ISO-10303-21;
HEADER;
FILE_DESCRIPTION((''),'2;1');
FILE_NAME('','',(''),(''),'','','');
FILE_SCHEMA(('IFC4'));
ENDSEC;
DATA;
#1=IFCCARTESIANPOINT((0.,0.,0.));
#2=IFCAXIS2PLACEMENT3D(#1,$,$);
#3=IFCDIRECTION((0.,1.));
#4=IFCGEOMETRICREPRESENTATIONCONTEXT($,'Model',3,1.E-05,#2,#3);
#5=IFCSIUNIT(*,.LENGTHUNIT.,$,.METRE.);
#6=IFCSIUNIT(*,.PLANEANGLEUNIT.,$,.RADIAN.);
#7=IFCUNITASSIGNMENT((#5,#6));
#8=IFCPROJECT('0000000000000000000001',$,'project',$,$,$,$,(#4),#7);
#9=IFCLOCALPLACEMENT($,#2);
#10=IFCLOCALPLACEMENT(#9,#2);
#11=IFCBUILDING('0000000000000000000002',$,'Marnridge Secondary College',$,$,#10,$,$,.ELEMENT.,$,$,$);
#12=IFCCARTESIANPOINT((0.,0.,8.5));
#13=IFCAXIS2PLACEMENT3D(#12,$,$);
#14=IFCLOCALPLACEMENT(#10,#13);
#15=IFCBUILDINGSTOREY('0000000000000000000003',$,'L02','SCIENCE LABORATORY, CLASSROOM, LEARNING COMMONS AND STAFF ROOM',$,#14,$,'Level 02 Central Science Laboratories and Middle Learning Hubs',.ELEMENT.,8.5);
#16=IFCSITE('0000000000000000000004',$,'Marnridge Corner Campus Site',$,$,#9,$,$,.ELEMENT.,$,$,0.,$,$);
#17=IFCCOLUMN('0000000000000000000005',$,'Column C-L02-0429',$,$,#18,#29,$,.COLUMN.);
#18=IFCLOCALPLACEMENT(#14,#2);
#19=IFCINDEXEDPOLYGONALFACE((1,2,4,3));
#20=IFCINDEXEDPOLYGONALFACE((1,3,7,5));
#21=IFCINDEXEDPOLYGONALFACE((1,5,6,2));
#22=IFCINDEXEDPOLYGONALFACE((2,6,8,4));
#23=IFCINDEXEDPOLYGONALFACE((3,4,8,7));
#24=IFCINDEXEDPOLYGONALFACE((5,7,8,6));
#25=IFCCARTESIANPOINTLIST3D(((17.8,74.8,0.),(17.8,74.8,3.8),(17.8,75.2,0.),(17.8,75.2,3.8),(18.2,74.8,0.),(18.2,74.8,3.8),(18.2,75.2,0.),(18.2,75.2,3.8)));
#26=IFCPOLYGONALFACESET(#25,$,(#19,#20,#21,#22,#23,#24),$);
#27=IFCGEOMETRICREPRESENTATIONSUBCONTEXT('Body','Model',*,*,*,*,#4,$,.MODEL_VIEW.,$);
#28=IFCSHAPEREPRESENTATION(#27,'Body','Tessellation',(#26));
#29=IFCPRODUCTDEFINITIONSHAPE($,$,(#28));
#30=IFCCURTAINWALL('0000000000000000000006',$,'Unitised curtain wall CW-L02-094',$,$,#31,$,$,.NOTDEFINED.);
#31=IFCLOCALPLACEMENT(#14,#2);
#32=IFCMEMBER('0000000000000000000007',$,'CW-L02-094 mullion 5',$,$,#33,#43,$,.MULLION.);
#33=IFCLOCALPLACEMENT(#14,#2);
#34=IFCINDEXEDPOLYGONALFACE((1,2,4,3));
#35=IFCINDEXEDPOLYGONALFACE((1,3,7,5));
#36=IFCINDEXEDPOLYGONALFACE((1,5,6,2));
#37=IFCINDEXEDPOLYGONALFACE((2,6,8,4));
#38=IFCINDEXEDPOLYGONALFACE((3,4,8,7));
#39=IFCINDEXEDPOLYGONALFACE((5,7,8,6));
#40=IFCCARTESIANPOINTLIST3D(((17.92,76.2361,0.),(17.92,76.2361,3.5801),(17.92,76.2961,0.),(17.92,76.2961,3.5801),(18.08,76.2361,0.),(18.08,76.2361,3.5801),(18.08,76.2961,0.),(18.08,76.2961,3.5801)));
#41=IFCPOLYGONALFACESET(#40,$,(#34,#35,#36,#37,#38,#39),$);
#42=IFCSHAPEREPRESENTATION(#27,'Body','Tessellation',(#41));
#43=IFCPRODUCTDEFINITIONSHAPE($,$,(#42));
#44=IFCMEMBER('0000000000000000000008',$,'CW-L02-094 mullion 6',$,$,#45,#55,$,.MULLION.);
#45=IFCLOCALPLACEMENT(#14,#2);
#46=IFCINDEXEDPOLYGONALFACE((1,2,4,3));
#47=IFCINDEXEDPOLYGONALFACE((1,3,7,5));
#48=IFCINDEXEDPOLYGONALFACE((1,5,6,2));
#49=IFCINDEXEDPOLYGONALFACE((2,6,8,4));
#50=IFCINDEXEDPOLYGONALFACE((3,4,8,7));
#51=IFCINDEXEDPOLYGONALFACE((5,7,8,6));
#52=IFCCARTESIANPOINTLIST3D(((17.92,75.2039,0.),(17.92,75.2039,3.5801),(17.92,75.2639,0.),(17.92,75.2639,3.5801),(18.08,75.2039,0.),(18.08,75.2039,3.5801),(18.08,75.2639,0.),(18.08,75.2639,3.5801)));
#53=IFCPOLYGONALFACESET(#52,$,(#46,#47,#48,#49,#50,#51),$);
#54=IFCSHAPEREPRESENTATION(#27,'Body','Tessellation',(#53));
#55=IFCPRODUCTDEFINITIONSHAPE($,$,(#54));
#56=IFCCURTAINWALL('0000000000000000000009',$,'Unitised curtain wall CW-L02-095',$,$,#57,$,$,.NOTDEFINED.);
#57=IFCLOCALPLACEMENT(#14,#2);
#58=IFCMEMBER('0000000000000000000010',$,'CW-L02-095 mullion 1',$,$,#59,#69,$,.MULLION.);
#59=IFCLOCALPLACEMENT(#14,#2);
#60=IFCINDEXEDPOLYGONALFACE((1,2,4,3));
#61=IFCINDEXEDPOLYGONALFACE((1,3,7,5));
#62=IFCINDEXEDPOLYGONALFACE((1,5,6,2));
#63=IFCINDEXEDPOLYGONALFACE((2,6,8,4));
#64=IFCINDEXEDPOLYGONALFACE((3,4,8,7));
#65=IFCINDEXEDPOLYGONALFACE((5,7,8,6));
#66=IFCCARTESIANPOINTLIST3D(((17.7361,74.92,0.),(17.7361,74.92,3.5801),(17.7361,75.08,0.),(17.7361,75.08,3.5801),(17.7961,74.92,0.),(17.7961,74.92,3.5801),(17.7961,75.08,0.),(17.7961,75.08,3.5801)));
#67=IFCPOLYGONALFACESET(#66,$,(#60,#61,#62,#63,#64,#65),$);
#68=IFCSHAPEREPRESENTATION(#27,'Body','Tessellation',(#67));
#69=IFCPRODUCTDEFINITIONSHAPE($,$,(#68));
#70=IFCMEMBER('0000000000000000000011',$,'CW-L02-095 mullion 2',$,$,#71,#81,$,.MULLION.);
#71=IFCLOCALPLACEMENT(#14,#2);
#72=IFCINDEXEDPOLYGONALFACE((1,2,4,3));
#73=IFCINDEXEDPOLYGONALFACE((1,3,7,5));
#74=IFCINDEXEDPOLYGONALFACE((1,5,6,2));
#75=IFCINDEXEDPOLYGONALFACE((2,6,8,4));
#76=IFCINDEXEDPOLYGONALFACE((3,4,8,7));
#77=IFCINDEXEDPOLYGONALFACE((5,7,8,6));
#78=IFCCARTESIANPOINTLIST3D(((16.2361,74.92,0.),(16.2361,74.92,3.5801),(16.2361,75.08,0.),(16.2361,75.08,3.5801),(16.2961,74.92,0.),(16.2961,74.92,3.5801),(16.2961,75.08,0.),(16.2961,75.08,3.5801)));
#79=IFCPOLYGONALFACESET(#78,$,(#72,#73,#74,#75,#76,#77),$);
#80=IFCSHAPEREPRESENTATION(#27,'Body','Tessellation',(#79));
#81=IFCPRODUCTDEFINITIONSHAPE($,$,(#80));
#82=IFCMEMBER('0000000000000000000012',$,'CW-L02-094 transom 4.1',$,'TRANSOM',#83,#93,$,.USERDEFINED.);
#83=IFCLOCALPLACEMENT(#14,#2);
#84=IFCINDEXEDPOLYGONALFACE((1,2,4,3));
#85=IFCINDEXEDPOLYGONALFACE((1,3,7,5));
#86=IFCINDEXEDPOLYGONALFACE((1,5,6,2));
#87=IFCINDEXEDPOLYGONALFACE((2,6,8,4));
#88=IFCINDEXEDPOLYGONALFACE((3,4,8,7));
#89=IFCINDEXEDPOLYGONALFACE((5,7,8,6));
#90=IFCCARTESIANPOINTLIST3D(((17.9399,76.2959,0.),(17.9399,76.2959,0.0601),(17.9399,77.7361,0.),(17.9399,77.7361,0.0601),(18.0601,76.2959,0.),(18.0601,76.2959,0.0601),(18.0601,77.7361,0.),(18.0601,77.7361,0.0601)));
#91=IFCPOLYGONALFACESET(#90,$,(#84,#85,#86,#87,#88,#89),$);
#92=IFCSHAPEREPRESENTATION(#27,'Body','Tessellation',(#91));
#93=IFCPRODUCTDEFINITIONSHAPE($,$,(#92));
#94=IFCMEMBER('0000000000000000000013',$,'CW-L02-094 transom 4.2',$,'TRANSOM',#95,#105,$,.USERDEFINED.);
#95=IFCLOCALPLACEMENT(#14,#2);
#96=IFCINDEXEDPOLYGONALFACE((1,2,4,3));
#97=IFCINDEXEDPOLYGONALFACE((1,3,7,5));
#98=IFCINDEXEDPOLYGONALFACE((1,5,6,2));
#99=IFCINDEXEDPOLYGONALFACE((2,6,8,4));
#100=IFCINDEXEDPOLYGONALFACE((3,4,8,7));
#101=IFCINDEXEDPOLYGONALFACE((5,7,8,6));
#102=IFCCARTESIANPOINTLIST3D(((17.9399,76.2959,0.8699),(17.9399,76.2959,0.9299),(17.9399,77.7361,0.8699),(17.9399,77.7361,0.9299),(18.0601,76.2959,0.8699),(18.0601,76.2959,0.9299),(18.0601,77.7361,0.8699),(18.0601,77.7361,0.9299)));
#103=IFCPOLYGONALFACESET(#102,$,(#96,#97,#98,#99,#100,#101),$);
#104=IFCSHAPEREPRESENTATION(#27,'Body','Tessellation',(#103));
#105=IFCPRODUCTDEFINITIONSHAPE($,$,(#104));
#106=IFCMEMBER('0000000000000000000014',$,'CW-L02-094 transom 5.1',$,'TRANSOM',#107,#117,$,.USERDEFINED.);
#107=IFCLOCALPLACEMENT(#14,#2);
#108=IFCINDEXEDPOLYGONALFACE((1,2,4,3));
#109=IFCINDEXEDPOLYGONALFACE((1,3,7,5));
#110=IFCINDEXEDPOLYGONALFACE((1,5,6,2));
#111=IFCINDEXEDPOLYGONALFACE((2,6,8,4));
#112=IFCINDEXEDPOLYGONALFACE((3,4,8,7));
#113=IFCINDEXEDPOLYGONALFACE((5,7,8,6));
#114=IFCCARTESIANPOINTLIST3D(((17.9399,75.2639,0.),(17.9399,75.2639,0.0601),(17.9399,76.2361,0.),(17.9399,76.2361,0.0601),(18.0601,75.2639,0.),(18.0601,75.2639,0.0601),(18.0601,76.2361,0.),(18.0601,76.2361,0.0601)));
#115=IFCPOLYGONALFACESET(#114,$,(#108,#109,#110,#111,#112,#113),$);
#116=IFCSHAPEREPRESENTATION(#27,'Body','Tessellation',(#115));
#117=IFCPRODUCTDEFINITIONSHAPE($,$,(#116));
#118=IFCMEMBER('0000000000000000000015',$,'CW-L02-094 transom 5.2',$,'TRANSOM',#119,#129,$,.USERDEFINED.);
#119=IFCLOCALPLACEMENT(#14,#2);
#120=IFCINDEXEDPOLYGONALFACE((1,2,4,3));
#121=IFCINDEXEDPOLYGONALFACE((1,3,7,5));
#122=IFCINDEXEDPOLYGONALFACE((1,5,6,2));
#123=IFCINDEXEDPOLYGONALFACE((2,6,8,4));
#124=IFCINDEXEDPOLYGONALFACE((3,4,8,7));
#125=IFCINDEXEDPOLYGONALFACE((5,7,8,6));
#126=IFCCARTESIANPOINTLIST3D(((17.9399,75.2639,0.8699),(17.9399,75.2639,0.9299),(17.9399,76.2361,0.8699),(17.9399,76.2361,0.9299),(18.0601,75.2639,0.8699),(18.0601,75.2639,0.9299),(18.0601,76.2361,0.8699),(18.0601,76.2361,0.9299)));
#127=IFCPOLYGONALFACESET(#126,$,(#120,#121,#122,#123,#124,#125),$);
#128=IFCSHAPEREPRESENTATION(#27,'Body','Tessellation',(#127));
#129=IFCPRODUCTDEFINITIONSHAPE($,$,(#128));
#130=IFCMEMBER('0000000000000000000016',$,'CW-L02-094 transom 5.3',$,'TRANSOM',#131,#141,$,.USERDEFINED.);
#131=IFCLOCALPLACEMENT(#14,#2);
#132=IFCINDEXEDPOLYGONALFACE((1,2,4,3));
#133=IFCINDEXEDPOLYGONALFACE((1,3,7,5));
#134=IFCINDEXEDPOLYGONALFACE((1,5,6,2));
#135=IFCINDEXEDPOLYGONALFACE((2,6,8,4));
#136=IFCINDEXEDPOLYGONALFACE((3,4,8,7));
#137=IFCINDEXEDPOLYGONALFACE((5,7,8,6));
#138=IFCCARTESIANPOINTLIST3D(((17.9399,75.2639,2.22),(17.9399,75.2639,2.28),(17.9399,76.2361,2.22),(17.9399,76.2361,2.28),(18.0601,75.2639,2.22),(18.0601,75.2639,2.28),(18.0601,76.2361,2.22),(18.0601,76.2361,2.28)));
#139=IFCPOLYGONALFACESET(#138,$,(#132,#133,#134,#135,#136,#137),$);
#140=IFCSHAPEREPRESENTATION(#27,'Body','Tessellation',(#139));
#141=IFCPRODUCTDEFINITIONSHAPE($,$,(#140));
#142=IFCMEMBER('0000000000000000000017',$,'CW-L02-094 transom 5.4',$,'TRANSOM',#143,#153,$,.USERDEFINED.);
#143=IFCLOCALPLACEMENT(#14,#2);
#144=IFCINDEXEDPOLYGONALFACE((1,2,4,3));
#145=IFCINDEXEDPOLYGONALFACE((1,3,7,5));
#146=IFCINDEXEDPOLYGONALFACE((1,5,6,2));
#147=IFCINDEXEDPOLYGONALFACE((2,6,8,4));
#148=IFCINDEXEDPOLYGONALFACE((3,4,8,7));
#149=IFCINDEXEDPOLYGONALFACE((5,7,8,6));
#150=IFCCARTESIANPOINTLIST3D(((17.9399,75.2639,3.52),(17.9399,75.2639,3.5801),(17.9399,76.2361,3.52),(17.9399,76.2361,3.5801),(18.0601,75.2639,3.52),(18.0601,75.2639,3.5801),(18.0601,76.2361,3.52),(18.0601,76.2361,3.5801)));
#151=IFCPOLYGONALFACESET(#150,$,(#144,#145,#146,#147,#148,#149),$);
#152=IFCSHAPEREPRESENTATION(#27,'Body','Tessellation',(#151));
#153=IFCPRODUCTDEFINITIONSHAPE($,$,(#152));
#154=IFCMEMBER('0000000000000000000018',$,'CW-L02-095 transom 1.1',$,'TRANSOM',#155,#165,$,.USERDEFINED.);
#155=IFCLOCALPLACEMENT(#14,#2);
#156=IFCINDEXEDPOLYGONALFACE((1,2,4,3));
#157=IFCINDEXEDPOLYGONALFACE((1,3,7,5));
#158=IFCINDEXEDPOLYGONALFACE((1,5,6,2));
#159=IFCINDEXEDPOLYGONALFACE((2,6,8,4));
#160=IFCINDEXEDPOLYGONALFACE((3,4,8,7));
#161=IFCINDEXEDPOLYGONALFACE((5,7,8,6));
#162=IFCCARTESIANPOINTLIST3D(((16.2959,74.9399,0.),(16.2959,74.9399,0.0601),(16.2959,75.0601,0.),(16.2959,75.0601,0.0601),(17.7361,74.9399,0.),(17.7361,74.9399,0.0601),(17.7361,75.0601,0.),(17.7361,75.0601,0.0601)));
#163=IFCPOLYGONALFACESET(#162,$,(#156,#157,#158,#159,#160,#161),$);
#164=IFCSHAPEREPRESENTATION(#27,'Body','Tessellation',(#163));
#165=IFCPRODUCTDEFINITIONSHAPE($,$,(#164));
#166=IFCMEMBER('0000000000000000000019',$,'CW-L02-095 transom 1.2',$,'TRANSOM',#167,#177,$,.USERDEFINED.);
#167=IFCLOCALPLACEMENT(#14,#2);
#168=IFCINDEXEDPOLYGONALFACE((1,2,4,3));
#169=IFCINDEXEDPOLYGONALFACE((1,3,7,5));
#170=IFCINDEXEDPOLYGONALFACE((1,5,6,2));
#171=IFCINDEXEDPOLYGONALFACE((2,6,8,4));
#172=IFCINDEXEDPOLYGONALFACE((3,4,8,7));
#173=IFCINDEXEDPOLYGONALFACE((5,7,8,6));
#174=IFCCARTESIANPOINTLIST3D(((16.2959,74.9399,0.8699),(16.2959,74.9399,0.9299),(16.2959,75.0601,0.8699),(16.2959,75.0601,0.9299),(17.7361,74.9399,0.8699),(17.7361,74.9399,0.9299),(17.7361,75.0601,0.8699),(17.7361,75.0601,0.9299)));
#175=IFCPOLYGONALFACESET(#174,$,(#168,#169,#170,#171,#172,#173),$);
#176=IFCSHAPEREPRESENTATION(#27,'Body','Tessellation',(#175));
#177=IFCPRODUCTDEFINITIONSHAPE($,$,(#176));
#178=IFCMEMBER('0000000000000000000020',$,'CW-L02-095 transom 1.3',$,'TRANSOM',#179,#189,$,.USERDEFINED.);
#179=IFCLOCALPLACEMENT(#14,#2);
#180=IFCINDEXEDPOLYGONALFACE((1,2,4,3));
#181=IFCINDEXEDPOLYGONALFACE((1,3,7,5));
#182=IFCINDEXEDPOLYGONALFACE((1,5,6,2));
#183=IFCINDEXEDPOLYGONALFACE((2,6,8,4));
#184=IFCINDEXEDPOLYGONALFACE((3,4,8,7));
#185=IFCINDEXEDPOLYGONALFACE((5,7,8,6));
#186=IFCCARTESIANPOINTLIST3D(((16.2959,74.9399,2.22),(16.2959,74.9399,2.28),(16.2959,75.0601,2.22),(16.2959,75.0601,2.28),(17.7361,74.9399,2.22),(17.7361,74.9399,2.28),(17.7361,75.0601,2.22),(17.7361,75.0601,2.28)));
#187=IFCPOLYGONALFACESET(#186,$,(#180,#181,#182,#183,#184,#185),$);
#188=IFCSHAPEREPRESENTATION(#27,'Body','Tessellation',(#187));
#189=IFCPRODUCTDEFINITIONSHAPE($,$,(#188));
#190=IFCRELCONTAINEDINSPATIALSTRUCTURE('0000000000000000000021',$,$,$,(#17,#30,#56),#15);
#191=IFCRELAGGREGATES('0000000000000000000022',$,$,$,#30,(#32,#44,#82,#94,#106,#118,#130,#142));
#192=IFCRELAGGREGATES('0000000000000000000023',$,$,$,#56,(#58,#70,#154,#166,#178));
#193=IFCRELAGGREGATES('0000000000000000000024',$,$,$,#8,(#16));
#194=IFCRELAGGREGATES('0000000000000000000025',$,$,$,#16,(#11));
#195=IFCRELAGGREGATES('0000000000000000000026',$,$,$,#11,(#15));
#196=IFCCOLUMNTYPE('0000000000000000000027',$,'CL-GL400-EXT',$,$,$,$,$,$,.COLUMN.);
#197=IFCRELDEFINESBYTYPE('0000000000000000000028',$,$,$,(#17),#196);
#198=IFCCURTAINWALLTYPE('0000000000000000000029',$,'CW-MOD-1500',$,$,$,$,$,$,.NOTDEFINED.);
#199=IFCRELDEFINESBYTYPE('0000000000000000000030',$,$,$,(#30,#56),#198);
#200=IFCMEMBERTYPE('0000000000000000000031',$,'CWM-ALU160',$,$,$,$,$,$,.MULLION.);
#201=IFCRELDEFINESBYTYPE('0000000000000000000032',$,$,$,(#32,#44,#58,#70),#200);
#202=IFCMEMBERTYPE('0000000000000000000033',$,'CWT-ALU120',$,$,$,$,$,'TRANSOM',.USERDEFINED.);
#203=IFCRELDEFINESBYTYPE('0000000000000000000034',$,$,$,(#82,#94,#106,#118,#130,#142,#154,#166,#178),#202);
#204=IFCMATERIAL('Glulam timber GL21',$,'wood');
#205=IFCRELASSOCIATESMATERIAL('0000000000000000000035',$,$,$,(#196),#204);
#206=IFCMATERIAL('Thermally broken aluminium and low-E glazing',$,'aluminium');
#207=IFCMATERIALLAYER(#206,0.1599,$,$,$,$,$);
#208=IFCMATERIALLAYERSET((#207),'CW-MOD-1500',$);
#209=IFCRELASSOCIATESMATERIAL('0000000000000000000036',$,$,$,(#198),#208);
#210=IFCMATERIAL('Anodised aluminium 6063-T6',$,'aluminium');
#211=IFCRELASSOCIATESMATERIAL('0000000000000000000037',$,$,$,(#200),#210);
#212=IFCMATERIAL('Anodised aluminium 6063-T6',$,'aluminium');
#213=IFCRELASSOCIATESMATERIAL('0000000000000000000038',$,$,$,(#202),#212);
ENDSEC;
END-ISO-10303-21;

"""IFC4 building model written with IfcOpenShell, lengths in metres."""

from ifc_helpers import new_model, si_unit, direction, frame, origin, origin_2d, place, context, subcontext, project, spatial, rectangle, extrude, material, layer, layer_set, material_profile, profile_set, type_object, element, aggregate, save


model = new_model("IFC4")

# Units and contexts
model_context = context("Model", 3, precision=1e-05, world=origin(), true_north=direction((0.0, 1.0)))
body_context = subcontext(model_context, "Body", "Model", "MODEL_VIEW")
ifc_project = project(units=[si_unit("LENGTHUNIT", "METRE"), si_unit("PLANEANGLEUNIT", "RADIAN")], contexts=[model_context])

# Site, building, storey
site_placement = place(None, origin())
site = spatial("IfcSite", under=ifc_project, at=site_placement, Name="Marnridge Corner Campus Site", CompositionType="ELEMENT", RefElevation=0.0)
building_placement = place(site_placement, origin())
building = spatial("IfcBuilding", under=site, at=building_placement, Name="Marnridge Secondary College", CompositionType="ELEMENT")
storey_placement = place(building_placement, frame((0.0, 0.0, 8.5)))
storey = spatial("IfcBuildingStorey", under=building, at=storey_placement, Name="L02", Description="SCIENCE LABORATORY, CLASSROOM, LEARNING COMMONS AND STAFF ROOM", LongName="Level 02 Central Science Laboratories and Middle Learning Hubs", CompositionType="ELEMENT", Elevation=8.5)

# Column
ifc_material_1 = material(Name="Glulam timber GL21", Category="wood")
ifc_material_profile_1 = material_profile(ifc_material_1, rectangle(XDim=0.3999, YDim=0.3999, at=origin_2d()), Name="GL21 400x400")
ifc_profile_set_1 = profile_set([ifc_material_profile_1], Name="Glulam timber GL21")
column_type = type_object("IfcColumnType", Name="CL-GL400-EXT", PredefinedType="COLUMN", material=ifc_profile_set_1)
column_placement = place(storey_placement, frame((18.0, 75.0, 0.0), z_axis=(0.0, 0.0, 1.0), x_axis=(1.0, 0.0, 0.0)))
element("IfcColumn", 1, at=column_placement, inside=storey, type_object=column_type, Name="Column C-L02-0429", PredefinedType="COLUMN", context=body_context, shape_type="SweptSolid", body=[
    extrude(rectangle(XDim=0.3999, YDim=0.3999, at=origin_2d()), origin(), (0.0, 0.0, 1.0), 3.8),
])

# Curtain walls, members
ifc_material_2 = material(Name="Thermally broken aluminium and low-E glazing", Category="aluminium")
ifc_layer_1 = layer(ifc_material_2, 0.1599)
ifc_layer_set_1 = layer_set([ifc_layer_1], Name="CW-MOD-1500")
curtain_wall_type = type_object("IfcCurtainWallType", Name="CW-MOD-1500", PredefinedType="NOTDEFINED", material=ifc_layer_set_1)
curtain_wall_1_placement = place(storey_placement, origin())
curtain_wall_1 = element("IfcCurtainWall", 2, at=curtain_wall_1_placement, inside=storey, type_object=curtain_wall_type, Name="Unitised curtain wall CW-L02-094", PredefinedType="NOTDEFINED")
ifc_material_3 = material(Name="Anodised aluminium 6063-T6", Category="aluminium")
ifc_material_profile_2 = material_profile(ifc_material_3, rectangle(XDim=0.0601, YDim=0.1599, at=origin_2d()), Name="ALU 60x160")
ifc_profile_set_2 = profile_set([ifc_material_profile_2], Name="Anodised aluminium 6063-T6")
member_type_1 = type_object("IfcMemberType", Name="CWM-ALU160", PredefinedType="MULLION", material=ifc_profile_set_2)
member_1_placement = place(storey_placement, frame((18.0, 76.2661, 0.0), z_axis=(0.0, 0.0, 1.0), x_axis=(0.0, -1.0, 0.0)))
member_1 = element("IfcMember", 3, at=member_1_placement, type_object=member_type_1, Name="CW-L02-094 mullion 5", PredefinedType="MULLION", context=body_context, shape_type="SweptSolid", body=[
    extrude(rectangle(XDim=0.0601, YDim=0.1599, at=origin_2d()), origin(), (0.0, 0.0, 1.0), 3.5801),
])
member_2_placement = place(storey_placement, frame((18.0, 75.2339, 0.0), z_axis=(0.0, 0.0, 1.0), x_axis=(0.0, -1.0, 0.0)))
member_2 = element("IfcMember", 4, at=member_2_placement, type_object=member_type_1, Name="CW-L02-094 mullion 6", PredefinedType="MULLION", context=body_context, shape_type="SweptSolid", body=[
    extrude(rectangle(XDim=0.0601, YDim=0.1599, at=origin_2d()), origin(), (0.0, 0.0, 1.0), 3.5801),
])
curtain_wall_2_placement = place(storey_placement, origin())
curtain_wall_2 = element("IfcCurtainWall", 5, at=curtain_wall_2_placement, inside=storey, type_object=curtain_wall_type, Name="Unitised curtain wall CW-L02-095", PredefinedType="NOTDEFINED")
member_3_placement = place(storey_placement, frame((17.7661, 75.0, 0.0), z_axis=(0.0, 0.0, 1.0), x_axis=(-1.0, 0.0, 0.0)))
member_3 = element("IfcMember", 6, at=member_3_placement, type_object=member_type_1, Name="CW-L02-095 mullion 1", PredefinedType="MULLION", context=body_context, shape_type="SweptSolid", body=[
    extrude(rectangle(XDim=0.0601, YDim=0.1599, at=origin_2d()), origin(), (0.0, 0.0, 1.0), 3.5801),
])
member_4_placement = place(storey_placement, frame((16.2661, 75.0, 0.0), z_axis=(0.0, 0.0, 1.0), x_axis=(-1.0, 0.0, 0.0)))
member_4 = element("IfcMember", 7, at=member_4_placement, type_object=member_type_1, Name="CW-L02-095 mullion 2", PredefinedType="MULLION", context=body_context, shape_type="SweptSolid", body=[
    extrude(rectangle(XDim=0.0601, YDim=0.1599, at=origin_2d()), origin(), (0.0, 0.0, 1.0), 3.5801),
])

# Members
ifc_material_4 = material(Name="Anodised aluminium 6063-T6", Category="aluminium")
ifc_material_profile_3 = material_profile(ifc_material_4, rectangle(XDim=0.0601, YDim=0.1201, at=origin_2d()), Name="ALU 60x120")
ifc_profile_set_3 = profile_set([ifc_material_profile_3], Name="Anodised aluminium 6063-T6")
member_type_2 = type_object("IfcMemberType", Name="CWT-ALU120", ElementType="TRANSOM", PredefinedType="USERDEFINED", material=ifc_profile_set_3)
member_5_placement = place(storey_placement, frame((18.0, 77.7361, 0.03), z_axis=(0.0, -1.0, 0.0), x_axis=(0.0, 0.0, 1.0)))
member_5 = element("IfcMember", 8, at=member_5_placement, type_object=member_type_2, Name="CW-L02-094 transom 4.1", ObjectType="TRANSOM", PredefinedType="USERDEFINED", context=body_context, shape_type="SweptSolid", body=[
    extrude(rectangle(XDim=0.0601, YDim=0.1201, at=origin_2d()), origin(), (0.0, 0.0, 1.0), 1.4402),
])
member_6_placement = place(storey_placement, frame((18.0, 77.7361, 0.8999), z_axis=(0.0, -1.0, 0.0), x_axis=(0.0, 0.0, 1.0)))
member_6 = element("IfcMember", 9, at=member_6_placement, type_object=member_type_2, Name="CW-L02-094 transom 4.2", ObjectType="TRANSOM", PredefinedType="USERDEFINED", context=body_context, shape_type="SweptSolid", body=[
    extrude(rectangle(XDim=0.0601, YDim=0.1201, at=origin_2d()), origin(), (0.0, 0.0, 1.0), 1.4402),
])
member_7_placement = place(storey_placement, frame((18.0, 76.2361, 0.03), z_axis=(0.0, -1.0, 0.0), x_axis=(0.0, 0.0, 1.0)))
member_7 = element("IfcMember", 10, at=member_7_placement, type_object=member_type_2, Name="CW-L02-094 transom 5.1", ObjectType="TRANSOM", PredefinedType="USERDEFINED", context=body_context, shape_type="SweptSolid", body=[
    extrude(rectangle(XDim=0.0601, YDim=0.1201, at=origin_2d()), origin(), (0.0, 0.0, 1.0), 0.9722),
])
member_8_placement = place(storey_placement, frame((18.0, 76.2361, 0.8999), z_axis=(0.0, -1.0, 0.0), x_axis=(0.0, 0.0, 1.0)))
member_8 = element("IfcMember", 11, at=member_8_placement, type_object=member_type_2, Name="CW-L02-094 transom 5.2", ObjectType="TRANSOM", PredefinedType="USERDEFINED", context=body_context, shape_type="SweptSolid", body=[
    extrude(rectangle(XDim=0.0601, YDim=0.1201, at=origin_2d()), origin(), (0.0, 0.0, 1.0), 0.9722),
])
member_9_placement = place(storey_placement, frame((18.0, 76.2361, 2.25), z_axis=(0.0, -1.0, 0.0), x_axis=(0.0, 0.0, 1.0)))
member_9 = element("IfcMember", 12, at=member_9_placement, type_object=member_type_2, Name="CW-L02-094 transom 5.3", ObjectType="TRANSOM", PredefinedType="USERDEFINED", context=body_context, shape_type="SweptSolid", body=[
    extrude(rectangle(XDim=0.0601, YDim=0.1201, at=origin_2d()), origin(), (0.0, 0.0, 1.0), 0.9722),
])
member_10_placement = place(storey_placement, frame((18.0, 76.2361, 3.55), z_axis=(0.0, -1.0, 0.0), x_axis=(0.0, 0.0, 1.0)))
member_10 = element("IfcMember", 13, at=member_10_placement, type_object=member_type_2, Name="CW-L02-094 transom 5.4", ObjectType="TRANSOM", PredefinedType="USERDEFINED", context=body_context, shape_type="SweptSolid", body=[
    extrude(rectangle(XDim=0.0601, YDim=0.1201, at=origin_2d()), origin(), (0.0, 0.0, 1.0), 0.9722),
])
member_11_placement = place(storey_placement, frame((17.7361, 75.0, 0.03), z_axis=(-1.0, 0.0, 0.0), x_axis=(0.0, 0.0, 1.0)))
member_11 = element("IfcMember", 14, at=member_11_placement, type_object=member_type_2, Name="CW-L02-095 transom 1.1", ObjectType="TRANSOM", PredefinedType="USERDEFINED", context=body_context, shape_type="SweptSolid", body=[
    extrude(rectangle(XDim=0.0601, YDim=0.1201, at=origin_2d()), origin(), (0.0, 0.0, 1.0), 1.4402),
])
member_12_placement = place(storey_placement, frame((17.7361, 75.0, 0.8999), z_axis=(-1.0, 0.0, 0.0), x_axis=(0.0, 0.0, 1.0)))
member_12 = element("IfcMember", 15, at=member_12_placement, type_object=member_type_2, Name="CW-L02-095 transom 1.2", ObjectType="TRANSOM", PredefinedType="USERDEFINED", context=body_context, shape_type="SweptSolid", body=[
    extrude(rectangle(XDim=0.0601, YDim=0.1201, at=origin_2d()), origin(), (0.0, 0.0, 1.0), 1.4402),
])
member_13_placement = place(storey_placement, frame((17.7361, 75.0, 2.25), z_axis=(-1.0, 0.0, 0.0), x_axis=(0.0, 0.0, 1.0)))
member_13 = element("IfcMember", 16, at=member_13_placement, type_object=member_type_2, Name="CW-L02-095 transom 1.3", ObjectType="TRANSOM", PredefinedType="USERDEFINED", context=body_context, shape_type="SweptSolid", body=[
    extrude(rectangle(XDim=0.0601, YDim=0.1201, at=origin_2d()), origin(), (0.0, 0.0, 1.0), 1.4402),
])

aggregate(curtain_wall_1, [member_1, member_2, member_5, member_6, member_7, member_8, member_9, member_10])
aggregate(curtain_wall_2, [member_3, member_4, member_11, member_12, member_13])

save(model, "model.ifc")
